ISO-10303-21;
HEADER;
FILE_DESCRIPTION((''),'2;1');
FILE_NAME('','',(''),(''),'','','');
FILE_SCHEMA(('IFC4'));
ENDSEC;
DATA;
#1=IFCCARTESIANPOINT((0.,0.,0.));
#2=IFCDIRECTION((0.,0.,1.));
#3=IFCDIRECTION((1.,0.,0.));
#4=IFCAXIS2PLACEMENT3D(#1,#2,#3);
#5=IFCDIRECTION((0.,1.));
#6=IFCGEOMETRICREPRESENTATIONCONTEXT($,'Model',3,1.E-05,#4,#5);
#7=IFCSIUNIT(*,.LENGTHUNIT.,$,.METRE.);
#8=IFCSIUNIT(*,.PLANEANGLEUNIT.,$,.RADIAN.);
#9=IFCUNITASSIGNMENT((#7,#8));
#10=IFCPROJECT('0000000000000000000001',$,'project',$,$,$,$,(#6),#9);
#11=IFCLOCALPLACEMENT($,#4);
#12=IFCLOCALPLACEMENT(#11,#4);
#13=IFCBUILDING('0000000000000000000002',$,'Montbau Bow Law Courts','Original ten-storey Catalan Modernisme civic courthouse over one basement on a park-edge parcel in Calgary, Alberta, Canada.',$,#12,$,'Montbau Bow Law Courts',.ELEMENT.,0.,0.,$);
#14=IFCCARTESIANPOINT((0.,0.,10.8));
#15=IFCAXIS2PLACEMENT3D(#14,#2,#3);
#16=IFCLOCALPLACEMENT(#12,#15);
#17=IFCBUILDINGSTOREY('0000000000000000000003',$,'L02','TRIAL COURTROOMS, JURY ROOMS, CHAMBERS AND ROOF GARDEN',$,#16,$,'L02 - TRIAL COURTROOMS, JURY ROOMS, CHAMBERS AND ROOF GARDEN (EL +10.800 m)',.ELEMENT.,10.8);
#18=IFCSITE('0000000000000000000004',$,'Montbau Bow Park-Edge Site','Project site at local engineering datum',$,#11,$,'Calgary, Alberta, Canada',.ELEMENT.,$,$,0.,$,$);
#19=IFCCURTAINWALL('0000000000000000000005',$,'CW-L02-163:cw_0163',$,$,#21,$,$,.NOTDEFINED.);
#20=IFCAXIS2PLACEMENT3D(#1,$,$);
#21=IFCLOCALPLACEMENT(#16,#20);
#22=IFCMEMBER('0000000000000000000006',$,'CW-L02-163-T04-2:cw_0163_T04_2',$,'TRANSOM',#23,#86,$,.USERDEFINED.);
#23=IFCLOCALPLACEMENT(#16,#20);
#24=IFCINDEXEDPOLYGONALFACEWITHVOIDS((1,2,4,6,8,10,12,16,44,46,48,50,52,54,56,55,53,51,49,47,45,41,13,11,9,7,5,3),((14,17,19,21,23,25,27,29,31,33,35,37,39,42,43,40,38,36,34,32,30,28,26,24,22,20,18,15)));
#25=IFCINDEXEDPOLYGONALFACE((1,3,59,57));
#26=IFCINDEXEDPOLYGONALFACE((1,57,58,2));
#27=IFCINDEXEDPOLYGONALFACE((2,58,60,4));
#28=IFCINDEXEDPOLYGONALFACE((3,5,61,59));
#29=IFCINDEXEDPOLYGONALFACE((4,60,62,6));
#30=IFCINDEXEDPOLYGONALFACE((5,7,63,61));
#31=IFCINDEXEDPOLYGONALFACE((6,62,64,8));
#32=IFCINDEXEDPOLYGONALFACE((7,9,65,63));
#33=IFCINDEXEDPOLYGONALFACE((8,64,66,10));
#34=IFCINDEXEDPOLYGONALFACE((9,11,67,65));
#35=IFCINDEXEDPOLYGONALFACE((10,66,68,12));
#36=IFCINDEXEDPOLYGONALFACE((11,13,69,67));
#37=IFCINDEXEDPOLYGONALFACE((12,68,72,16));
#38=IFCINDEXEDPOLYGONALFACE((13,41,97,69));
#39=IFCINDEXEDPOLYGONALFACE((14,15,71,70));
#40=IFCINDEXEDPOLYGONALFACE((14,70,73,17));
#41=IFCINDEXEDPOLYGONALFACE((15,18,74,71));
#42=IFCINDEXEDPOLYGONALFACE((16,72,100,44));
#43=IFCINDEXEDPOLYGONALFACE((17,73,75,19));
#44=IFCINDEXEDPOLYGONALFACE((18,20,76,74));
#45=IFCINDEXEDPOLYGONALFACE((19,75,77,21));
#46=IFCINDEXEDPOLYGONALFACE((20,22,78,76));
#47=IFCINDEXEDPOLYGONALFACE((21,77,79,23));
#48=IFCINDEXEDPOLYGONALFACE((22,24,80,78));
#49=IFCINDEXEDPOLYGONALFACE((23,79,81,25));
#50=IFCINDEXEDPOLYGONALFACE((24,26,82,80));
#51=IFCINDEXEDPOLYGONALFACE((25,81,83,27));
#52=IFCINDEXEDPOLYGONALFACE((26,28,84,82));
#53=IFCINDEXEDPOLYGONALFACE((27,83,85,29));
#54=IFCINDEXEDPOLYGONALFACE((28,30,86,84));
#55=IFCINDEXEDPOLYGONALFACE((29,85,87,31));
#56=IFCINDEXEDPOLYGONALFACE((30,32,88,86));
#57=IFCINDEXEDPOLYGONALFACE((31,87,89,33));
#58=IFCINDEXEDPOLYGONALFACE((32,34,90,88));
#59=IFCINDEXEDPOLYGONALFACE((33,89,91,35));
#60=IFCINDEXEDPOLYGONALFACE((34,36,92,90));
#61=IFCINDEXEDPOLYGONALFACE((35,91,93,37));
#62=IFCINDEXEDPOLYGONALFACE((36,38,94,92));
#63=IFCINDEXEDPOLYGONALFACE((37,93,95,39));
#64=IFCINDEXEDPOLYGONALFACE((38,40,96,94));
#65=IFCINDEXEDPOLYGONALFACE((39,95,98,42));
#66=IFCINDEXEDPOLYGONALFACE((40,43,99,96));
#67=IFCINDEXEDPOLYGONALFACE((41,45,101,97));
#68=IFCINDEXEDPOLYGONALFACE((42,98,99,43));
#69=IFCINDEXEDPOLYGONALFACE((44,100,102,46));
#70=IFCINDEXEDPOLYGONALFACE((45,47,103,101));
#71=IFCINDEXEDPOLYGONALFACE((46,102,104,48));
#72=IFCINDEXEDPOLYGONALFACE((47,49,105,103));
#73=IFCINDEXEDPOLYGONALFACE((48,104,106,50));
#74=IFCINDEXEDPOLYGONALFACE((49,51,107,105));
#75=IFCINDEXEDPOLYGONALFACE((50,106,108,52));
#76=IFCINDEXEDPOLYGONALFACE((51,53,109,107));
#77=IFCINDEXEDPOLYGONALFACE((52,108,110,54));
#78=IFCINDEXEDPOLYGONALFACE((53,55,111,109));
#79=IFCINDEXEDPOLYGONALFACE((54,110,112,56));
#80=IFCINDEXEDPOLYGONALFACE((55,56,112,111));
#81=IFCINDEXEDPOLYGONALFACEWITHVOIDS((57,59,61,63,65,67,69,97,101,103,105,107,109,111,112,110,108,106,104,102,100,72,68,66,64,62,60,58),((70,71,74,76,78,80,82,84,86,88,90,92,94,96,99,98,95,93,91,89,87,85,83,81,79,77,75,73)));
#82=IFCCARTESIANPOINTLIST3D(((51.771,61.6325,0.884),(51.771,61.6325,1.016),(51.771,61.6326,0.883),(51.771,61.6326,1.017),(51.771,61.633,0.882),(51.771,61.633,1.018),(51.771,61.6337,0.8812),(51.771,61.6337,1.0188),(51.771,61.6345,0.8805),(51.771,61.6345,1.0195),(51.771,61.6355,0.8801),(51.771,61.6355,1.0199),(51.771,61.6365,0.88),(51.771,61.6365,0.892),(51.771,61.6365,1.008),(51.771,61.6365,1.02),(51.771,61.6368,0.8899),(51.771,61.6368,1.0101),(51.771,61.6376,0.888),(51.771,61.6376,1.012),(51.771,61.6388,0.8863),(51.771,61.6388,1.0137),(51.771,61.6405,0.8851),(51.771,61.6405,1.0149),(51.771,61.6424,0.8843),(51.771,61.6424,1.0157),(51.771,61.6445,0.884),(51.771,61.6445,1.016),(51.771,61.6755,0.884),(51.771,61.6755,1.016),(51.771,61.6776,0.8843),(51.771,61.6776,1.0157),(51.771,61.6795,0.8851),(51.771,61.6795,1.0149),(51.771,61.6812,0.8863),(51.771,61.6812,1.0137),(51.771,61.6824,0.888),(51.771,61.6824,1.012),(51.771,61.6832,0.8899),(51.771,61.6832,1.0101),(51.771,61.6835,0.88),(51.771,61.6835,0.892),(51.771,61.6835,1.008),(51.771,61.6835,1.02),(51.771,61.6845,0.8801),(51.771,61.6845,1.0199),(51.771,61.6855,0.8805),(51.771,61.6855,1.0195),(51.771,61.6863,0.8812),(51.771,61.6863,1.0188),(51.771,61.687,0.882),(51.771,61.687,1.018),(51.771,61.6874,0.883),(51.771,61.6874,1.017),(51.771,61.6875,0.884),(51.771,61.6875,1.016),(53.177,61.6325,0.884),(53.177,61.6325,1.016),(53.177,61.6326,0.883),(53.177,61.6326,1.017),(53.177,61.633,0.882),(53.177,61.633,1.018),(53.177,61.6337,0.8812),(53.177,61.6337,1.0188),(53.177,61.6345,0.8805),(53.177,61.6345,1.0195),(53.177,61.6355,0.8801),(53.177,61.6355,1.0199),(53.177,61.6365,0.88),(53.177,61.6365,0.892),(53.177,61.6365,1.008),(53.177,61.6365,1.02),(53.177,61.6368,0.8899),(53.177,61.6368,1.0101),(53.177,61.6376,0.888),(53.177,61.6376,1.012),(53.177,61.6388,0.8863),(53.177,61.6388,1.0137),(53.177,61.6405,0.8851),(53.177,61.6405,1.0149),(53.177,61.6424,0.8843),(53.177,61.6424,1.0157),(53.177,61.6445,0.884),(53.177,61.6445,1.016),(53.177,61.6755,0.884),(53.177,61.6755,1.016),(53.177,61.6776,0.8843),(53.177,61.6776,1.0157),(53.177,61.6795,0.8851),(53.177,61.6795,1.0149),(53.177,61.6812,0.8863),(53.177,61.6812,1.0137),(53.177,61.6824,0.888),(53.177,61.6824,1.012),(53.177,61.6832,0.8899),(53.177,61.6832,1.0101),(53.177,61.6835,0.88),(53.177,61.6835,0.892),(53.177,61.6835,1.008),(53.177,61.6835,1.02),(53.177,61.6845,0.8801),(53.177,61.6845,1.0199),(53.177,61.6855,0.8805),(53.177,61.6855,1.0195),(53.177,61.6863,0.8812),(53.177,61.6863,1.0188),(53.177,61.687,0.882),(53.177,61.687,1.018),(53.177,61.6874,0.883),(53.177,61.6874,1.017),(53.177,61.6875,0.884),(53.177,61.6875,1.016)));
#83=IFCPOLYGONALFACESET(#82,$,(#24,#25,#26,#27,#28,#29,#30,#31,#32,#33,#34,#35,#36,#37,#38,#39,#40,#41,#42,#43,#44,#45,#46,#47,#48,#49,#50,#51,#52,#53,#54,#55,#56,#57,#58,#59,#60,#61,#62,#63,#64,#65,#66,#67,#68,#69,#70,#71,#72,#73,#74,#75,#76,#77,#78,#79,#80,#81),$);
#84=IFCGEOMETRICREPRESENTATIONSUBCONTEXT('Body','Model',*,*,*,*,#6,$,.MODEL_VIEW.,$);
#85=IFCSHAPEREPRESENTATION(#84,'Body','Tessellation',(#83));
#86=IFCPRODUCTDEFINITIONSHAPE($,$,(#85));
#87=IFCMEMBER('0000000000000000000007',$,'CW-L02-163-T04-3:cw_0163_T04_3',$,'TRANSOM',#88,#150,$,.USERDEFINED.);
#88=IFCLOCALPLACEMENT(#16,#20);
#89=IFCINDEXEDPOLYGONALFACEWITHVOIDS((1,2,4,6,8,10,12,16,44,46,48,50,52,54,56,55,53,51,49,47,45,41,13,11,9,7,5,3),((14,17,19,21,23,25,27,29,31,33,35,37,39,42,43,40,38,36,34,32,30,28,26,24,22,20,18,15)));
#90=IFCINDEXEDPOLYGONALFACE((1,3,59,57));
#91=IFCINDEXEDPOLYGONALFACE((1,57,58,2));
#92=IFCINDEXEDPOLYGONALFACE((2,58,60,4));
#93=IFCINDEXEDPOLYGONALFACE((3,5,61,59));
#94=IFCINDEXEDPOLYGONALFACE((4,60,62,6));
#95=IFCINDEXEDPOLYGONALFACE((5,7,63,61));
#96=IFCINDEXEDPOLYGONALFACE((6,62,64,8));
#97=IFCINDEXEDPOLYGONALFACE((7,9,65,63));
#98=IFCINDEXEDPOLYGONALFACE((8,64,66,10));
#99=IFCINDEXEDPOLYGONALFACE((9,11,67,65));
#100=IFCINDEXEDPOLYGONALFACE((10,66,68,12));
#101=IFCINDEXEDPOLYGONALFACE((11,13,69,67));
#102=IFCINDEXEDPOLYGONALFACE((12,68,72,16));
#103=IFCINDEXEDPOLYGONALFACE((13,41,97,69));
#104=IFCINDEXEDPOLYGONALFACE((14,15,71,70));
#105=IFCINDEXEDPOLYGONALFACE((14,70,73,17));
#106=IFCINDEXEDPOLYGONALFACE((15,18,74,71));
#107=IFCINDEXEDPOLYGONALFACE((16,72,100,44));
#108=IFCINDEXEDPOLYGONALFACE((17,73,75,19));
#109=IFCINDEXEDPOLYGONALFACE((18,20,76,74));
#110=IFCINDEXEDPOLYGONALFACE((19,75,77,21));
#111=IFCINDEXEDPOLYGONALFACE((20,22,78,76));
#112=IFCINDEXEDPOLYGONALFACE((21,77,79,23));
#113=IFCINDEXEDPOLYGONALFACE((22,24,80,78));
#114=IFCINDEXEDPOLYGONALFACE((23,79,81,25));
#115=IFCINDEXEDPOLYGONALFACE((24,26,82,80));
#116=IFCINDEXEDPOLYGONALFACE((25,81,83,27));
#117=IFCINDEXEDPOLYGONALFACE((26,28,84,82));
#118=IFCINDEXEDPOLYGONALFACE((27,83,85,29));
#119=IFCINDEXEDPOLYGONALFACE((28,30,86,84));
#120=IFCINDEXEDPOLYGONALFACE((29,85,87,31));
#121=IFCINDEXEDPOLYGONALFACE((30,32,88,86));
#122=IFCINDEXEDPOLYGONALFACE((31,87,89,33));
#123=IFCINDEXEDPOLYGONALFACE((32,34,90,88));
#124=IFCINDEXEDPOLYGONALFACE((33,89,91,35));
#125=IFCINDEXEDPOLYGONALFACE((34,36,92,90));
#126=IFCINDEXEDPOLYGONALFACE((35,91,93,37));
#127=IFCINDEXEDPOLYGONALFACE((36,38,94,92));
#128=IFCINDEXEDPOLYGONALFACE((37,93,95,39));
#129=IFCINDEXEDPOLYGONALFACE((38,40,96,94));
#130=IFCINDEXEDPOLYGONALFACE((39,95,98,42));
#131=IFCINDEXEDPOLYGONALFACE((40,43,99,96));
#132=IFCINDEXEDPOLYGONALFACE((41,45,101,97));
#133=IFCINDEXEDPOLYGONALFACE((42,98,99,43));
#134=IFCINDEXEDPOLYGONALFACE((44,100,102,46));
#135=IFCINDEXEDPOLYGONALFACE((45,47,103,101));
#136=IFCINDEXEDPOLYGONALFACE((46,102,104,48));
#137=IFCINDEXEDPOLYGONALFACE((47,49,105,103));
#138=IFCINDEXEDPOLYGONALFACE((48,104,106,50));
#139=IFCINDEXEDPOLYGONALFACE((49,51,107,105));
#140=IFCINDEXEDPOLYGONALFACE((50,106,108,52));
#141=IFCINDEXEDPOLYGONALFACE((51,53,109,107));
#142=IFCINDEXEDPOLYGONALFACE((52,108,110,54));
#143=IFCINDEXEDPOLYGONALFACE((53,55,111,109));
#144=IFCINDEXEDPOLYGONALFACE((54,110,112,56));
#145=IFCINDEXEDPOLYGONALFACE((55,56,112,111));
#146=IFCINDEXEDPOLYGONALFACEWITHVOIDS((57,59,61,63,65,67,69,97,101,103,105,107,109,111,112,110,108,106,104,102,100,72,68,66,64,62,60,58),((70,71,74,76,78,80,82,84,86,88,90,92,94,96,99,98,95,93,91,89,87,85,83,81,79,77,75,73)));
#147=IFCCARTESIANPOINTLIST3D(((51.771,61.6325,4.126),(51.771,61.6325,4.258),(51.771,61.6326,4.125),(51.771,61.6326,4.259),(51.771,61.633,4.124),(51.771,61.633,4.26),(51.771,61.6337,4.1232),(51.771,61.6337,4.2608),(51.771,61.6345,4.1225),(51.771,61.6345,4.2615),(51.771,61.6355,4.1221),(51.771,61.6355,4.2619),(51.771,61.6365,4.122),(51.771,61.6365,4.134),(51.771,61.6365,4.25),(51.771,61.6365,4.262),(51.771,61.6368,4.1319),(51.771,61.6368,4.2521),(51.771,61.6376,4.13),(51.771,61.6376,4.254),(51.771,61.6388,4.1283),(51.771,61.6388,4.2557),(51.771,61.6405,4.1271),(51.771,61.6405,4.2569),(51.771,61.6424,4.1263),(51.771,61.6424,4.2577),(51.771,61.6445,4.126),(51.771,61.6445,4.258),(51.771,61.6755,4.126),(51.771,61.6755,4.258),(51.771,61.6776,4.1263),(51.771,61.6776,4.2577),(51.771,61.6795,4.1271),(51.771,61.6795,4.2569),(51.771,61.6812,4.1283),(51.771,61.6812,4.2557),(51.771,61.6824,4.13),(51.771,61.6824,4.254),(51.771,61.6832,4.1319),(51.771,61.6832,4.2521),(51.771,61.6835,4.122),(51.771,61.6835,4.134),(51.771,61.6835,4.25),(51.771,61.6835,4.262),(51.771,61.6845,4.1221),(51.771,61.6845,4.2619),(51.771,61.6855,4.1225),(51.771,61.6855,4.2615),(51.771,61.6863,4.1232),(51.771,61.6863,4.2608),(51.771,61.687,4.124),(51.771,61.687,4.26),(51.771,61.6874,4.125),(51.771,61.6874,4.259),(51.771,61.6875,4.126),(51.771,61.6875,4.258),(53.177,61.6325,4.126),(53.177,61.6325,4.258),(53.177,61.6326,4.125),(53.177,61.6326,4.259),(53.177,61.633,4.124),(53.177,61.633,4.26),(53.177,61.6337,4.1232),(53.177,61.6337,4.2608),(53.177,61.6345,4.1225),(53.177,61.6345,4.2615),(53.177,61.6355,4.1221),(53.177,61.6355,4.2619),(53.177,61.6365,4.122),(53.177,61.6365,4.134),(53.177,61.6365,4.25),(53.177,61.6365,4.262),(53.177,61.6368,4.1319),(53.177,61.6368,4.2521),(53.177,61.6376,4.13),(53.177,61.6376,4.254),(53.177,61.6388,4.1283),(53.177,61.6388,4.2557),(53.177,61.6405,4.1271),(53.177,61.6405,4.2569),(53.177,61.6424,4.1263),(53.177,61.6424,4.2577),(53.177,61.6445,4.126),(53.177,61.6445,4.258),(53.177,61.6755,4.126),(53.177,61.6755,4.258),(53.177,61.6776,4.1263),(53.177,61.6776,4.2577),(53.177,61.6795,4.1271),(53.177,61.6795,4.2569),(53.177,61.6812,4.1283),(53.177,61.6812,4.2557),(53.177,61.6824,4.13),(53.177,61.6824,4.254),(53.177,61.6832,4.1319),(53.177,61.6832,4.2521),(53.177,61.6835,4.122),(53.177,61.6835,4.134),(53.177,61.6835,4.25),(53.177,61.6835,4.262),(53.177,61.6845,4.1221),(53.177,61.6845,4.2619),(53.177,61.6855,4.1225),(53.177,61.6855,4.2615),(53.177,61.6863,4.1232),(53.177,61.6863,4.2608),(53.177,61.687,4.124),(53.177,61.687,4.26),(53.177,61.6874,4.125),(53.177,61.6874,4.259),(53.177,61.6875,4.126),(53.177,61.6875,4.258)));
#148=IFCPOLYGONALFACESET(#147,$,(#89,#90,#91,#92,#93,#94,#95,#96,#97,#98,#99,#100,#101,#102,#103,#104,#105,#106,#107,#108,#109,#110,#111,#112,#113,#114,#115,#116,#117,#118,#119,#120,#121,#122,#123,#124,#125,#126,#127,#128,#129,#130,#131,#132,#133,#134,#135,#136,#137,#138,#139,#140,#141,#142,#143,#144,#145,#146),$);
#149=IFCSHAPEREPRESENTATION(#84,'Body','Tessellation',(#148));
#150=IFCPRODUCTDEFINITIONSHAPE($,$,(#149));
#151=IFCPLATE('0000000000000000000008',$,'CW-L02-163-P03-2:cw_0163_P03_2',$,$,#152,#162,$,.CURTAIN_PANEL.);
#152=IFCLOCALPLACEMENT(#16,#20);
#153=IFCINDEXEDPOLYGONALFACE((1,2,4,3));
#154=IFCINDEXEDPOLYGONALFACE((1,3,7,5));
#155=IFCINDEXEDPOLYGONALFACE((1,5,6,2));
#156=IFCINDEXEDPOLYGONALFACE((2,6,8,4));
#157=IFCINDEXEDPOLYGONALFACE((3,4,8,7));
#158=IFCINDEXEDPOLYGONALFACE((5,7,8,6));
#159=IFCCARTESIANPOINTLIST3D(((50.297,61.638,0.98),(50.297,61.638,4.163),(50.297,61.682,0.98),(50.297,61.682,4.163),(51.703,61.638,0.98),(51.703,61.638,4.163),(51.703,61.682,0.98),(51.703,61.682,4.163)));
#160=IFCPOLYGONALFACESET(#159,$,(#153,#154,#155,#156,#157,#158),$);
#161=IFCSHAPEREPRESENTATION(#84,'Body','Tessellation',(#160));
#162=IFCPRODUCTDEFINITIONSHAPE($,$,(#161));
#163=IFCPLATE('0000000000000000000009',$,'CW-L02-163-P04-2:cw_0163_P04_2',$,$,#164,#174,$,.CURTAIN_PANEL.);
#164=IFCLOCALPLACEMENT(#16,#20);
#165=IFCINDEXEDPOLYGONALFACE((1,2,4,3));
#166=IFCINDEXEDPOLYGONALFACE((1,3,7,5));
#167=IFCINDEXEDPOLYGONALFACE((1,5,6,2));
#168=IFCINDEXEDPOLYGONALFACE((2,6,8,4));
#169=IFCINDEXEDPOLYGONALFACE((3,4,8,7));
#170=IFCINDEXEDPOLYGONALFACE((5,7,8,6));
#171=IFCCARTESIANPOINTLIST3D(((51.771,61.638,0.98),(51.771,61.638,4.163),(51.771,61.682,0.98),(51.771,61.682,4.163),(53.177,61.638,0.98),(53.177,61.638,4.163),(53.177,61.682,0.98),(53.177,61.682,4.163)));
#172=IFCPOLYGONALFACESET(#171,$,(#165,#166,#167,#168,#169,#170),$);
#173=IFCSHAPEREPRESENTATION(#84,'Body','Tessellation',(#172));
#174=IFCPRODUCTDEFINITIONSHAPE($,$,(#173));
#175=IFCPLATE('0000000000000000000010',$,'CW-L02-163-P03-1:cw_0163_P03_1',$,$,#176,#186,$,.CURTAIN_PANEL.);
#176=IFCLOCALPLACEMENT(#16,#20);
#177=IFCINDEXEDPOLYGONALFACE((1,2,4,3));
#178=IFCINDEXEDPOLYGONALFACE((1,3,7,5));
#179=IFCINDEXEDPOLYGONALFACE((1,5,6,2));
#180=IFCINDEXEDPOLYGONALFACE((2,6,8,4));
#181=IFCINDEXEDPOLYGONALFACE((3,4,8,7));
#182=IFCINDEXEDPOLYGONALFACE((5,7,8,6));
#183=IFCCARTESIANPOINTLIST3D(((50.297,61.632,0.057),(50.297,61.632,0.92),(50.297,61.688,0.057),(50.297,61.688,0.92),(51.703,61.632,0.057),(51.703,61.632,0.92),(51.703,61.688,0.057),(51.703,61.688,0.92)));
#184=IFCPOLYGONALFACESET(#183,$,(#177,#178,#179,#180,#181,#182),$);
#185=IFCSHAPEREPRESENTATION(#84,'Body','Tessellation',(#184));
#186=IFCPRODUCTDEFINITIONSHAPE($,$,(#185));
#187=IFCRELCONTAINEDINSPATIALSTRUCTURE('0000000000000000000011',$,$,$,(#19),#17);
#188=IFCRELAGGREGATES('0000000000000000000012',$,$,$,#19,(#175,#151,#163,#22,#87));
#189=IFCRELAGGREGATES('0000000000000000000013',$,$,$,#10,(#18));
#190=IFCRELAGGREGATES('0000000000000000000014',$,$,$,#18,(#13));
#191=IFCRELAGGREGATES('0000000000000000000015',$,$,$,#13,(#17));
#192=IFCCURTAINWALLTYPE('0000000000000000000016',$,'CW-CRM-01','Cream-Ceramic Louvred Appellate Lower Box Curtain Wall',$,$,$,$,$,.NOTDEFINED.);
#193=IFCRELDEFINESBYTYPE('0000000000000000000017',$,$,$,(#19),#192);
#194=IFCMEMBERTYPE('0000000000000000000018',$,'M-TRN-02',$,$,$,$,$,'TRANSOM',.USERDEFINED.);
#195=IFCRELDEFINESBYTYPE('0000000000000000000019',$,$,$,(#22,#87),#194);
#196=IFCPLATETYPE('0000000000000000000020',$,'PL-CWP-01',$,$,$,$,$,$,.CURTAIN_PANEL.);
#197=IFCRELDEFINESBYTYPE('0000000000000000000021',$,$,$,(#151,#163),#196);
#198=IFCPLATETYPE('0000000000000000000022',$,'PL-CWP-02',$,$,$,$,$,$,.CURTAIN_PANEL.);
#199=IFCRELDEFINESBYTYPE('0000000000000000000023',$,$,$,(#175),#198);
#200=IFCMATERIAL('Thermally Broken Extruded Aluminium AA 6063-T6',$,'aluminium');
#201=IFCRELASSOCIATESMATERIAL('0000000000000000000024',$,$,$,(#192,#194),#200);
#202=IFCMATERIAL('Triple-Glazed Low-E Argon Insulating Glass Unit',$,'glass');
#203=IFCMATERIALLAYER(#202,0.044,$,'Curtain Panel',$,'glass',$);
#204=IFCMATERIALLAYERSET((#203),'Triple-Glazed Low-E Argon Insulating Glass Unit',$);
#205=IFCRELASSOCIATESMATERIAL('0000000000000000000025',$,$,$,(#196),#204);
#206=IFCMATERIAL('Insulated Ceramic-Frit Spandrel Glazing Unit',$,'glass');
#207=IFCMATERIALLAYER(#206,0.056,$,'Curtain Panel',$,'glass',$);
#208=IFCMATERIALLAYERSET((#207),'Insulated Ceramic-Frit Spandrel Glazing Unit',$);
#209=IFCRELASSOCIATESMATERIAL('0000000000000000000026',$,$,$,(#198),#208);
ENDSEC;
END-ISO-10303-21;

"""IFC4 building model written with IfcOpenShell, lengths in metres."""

from ifc_helpers import new_model, si_unit, direction, frame, frame_2d, origin_with_axes, origin_2d_with_axis, place, context, subcontext, project, spatial, rectangle, hollow_rectangle, extrude, material, layer, layer_set, material_profile, profile_set, type_object, element, aggregate, save


model = new_model("IFC4")

# Units and contexts
model_context = context("Model", 3, precision=1e-05, world=origin_with_axes(), true_north=direction((0.0, 1.0)))
body_context = subcontext(model_context, "Body", "Model", "MODEL_VIEW")
ifc_project = project(units=[si_unit("LENGTHUNIT", "METRE"), si_unit("PLANEANGLEUNIT", "RADIAN")], contexts=[model_context])

# Site, building, storey
site_placement = place(None, origin_with_axes())
site = spatial("IfcSite", under=ifc_project, at=site_placement, Name="Montbau Bow Park-Edge Site", Description="Project site at local engineering datum", LongName="Calgary, Alberta, Canada", CompositionType="ELEMENT", RefElevation=0.0)
building_placement = place(site_placement, origin_with_axes())
building = spatial("IfcBuilding", under=site, at=building_placement, Name="Montbau Bow Law Courts", Description="Original ten-storey Catalan Modernisme civic courthouse over one basement on a park-edge parcel in Calgary, Alberta, Canada.", LongName="Montbau Bow Law Courts", CompositionType="ELEMENT", ElevationOfRefHeight=0.0, ElevationOfTerrain=0.0)
storey_placement = place(building_placement, frame((0.0, 0.0, 10.8), z_axis=(0.0, 0.0, 1.0), x_axis=(1.0, 0.0, 0.0)))
storey = spatial("IfcBuildingStorey", under=building, at=storey_placement, Name="L02", Description="TRIAL COURTROOMS, JURY ROOMS, CHAMBERS AND ROOF GARDEN", LongName="L02 - TRIAL COURTROOMS, JURY ROOMS, CHAMBERS AND ROOF GARDEN (EL +10.800 m)", CompositionType="ELEMENT", Elevation=10.8)

# Curtain wall, members, plates
ifc_material_1 = material(Name="Thermally Broken Extruded Aluminium AA 6063-T6", Category="aluminium")
curtain_wall_type = type_object("IfcCurtainWallType", Name="CW-CRM-01", Description="Cream-Ceramic Louvred Appellate Lower Box Curtain Wall", PredefinedType="NOTDEFINED", material=ifc_material_1)
curtain_wall_placement = place(None, frame((47.315, 61.66, 10.8), z_axis=(0.0, 0.0, 1.0), x_axis=(1.0, 0.0, 0.0)))
curtain_wall = element("IfcCurtainWall", 1, at=curtain_wall_placement, inside=storey, type_object=curtain_wall_type, Name="CW-L02-163:cw_0163", PredefinedType="NOTDEFINED")
ifc_material_profile_1 = material_profile(ifc_material_1, hollow_rectangle(XDim=0.055, YDim=0.14, WallThickness=0.004, InnerFilletRadius=0.008, OuterFilletRadius=0.004, at=origin_2d_with_axis()), Name="CWT-140X55", Category="Main", Priority=0)
ifc_profile_set_1 = profile_set([ifc_material_profile_1], Name="Thermally Broken Extruded Aluminium AA 6063-T6")
member_type_1 = type_object("IfcMemberType", Name="M-TRN-02", ElementType="TRANSOM", PredefinedType="USERDEFINED", material=ifc_profile_set_1)
member_1_placement = place(None, frame((51.771, 61.66, 11.75), z_axis=(1.0, 0.0, 0.0), x_axis=(0.0, 1.0, 0.0)))
member_1 = element("IfcMember", 2, at=member_1_placement, type_object=member_type_1, Name="CW-L02-163-T04-2:cw_0163_T04_2", ObjectType="TRANSOM", PredefinedType="USERDEFINED", context=body_context, shape_type="SweptSolid", body=[
    extrude(hollow_rectangle(XDim=0.055, YDim=0.14, WallThickness=0.004, InnerFilletRadius=0.008, OuterFilletRadius=0.004, at=origin_2d_with_axis()), origin_with_axes(), (0.0, 0.0, 1.0), 1.406),
])
member_2_placement = place(None, frame((51.771, 61.66, 14.992), z_axis=(1.0, 0.0, 0.0), x_axis=(0.0, 1.0, 0.0)))
member_2 = element("IfcMember", 3, at=member_2_placement, type_object=member_type_1, Name="CW-L02-163-T04-3:cw_0163_T04_3", ObjectType="TRANSOM", PredefinedType="USERDEFINED", context=body_context, shape_type="SweptSolid", body=[
    extrude(hollow_rectangle(XDim=0.055, YDim=0.14, WallThickness=0.004, InnerFilletRadius=0.008, OuterFilletRadius=0.004, at=origin_2d_with_axis()), origin_with_axes(), (0.0, 0.0, 1.0), 1.406),
])
ifc_material_2 = material(Name="Triple-Glazed Low-E Argon Insulating Glass Unit", Category="glass")
ifc_layer_1 = layer(ifc_material_2, 0.044, Name="Curtain Panel", Category="glass")
ifc_layer_set_1 = layer_set([ifc_layer_1], Name="Triple-Glazed Low-E Argon Insulating Glass Unit")
plate_type_1 = type_object("IfcPlateType", Name="PL-CWP-01", PredefinedType="CURTAIN_PANEL", material=ifc_layer_set_1)
plate_1_placement = place(None, frame((50.297, 61.66, 11.78), z_axis=(0.0, -1.0, 0.0), x_axis=(1.0, 0.0, 0.0)))
plate_1 = element("IfcPlate", 4, at=plate_1_placement, type_object=plate_type_1, Name="CW-L02-163-P03-2:cw_0163_P03_2", PredefinedType="CURTAIN_PANEL", context=body_context, shape_type="SweptSolid", body=[
    extrude(rectangle(XDim=1.406, YDim=3.183, at=frame_2d((0.703, 1.5915), x_axis=(1.0, 0.0))), frame((0.0, 0.0, -0.022), z_axis=(0.0, 0.0, 1.0), x_axis=(1.0, 0.0, 0.0)), (0.0, 0.0, 1.0), 0.044),
])
plate_2_placement = place(None, frame((51.771, 61.66, 11.78), z_axis=(0.0, -1.0, 0.0), x_axis=(1.0, 0.0, 0.0)))
plate_2 = element("IfcPlate", 5, at=plate_2_placement, type_object=plate_type_1, Name="CW-L02-163-P04-2:cw_0163_P04_2", PredefinedType="CURTAIN_PANEL", context=body_context, shape_type="SweptSolid", body=[
    extrude(rectangle(XDim=1.406, YDim=3.183, at=frame_2d((0.703, 1.5915), x_axis=(1.0, 0.0))), frame((0.0, 0.0, -0.022), z_axis=(0.0, 0.0, 1.0), x_axis=(1.0, 0.0, 0.0)), (0.0, 0.0, 1.0), 0.044),
])
ifc_material_3 = material(Name="Insulated Ceramic-Frit Spandrel Glazing Unit", Category="glass")
ifc_layer_2 = layer(ifc_material_3, 0.056, Name="Curtain Panel", Category="glass")
ifc_layer_set_2 = layer_set([ifc_layer_2], Name="Insulated Ceramic-Frit Spandrel Glazing Unit")
plate_type_2 = type_object("IfcPlateType", Name="PL-CWP-02", PredefinedType="CURTAIN_PANEL", material=ifc_layer_set_2)
plate_3_placement = place(None, frame((50.297, 61.66, 10.857), z_axis=(0.0, -1.0, 0.0), x_axis=(1.0, 0.0, 0.0)))
plate_3 = element("IfcPlate", 6, at=plate_3_placement, type_object=plate_type_2, Name="CW-L02-163-P03-1:cw_0163_P03_1", PredefinedType="CURTAIN_PANEL", context=body_context, shape_type="SweptSolid", body=[
    extrude(rectangle(XDim=1.406, YDim=0.863, at=frame_2d((0.703, 0.4315), x_axis=(1.0, 0.0))), frame((0.0, 0.0, -0.028), z_axis=(0.0, 0.0, 1.0), x_axis=(1.0, 0.0, 0.0)), (0.0, 0.0, 1.0), 0.056),
])
aggregate(curtain_wall, [plate_3, plate_1, plate_2, member_1, member_2])

save(model, "model.ifc")
